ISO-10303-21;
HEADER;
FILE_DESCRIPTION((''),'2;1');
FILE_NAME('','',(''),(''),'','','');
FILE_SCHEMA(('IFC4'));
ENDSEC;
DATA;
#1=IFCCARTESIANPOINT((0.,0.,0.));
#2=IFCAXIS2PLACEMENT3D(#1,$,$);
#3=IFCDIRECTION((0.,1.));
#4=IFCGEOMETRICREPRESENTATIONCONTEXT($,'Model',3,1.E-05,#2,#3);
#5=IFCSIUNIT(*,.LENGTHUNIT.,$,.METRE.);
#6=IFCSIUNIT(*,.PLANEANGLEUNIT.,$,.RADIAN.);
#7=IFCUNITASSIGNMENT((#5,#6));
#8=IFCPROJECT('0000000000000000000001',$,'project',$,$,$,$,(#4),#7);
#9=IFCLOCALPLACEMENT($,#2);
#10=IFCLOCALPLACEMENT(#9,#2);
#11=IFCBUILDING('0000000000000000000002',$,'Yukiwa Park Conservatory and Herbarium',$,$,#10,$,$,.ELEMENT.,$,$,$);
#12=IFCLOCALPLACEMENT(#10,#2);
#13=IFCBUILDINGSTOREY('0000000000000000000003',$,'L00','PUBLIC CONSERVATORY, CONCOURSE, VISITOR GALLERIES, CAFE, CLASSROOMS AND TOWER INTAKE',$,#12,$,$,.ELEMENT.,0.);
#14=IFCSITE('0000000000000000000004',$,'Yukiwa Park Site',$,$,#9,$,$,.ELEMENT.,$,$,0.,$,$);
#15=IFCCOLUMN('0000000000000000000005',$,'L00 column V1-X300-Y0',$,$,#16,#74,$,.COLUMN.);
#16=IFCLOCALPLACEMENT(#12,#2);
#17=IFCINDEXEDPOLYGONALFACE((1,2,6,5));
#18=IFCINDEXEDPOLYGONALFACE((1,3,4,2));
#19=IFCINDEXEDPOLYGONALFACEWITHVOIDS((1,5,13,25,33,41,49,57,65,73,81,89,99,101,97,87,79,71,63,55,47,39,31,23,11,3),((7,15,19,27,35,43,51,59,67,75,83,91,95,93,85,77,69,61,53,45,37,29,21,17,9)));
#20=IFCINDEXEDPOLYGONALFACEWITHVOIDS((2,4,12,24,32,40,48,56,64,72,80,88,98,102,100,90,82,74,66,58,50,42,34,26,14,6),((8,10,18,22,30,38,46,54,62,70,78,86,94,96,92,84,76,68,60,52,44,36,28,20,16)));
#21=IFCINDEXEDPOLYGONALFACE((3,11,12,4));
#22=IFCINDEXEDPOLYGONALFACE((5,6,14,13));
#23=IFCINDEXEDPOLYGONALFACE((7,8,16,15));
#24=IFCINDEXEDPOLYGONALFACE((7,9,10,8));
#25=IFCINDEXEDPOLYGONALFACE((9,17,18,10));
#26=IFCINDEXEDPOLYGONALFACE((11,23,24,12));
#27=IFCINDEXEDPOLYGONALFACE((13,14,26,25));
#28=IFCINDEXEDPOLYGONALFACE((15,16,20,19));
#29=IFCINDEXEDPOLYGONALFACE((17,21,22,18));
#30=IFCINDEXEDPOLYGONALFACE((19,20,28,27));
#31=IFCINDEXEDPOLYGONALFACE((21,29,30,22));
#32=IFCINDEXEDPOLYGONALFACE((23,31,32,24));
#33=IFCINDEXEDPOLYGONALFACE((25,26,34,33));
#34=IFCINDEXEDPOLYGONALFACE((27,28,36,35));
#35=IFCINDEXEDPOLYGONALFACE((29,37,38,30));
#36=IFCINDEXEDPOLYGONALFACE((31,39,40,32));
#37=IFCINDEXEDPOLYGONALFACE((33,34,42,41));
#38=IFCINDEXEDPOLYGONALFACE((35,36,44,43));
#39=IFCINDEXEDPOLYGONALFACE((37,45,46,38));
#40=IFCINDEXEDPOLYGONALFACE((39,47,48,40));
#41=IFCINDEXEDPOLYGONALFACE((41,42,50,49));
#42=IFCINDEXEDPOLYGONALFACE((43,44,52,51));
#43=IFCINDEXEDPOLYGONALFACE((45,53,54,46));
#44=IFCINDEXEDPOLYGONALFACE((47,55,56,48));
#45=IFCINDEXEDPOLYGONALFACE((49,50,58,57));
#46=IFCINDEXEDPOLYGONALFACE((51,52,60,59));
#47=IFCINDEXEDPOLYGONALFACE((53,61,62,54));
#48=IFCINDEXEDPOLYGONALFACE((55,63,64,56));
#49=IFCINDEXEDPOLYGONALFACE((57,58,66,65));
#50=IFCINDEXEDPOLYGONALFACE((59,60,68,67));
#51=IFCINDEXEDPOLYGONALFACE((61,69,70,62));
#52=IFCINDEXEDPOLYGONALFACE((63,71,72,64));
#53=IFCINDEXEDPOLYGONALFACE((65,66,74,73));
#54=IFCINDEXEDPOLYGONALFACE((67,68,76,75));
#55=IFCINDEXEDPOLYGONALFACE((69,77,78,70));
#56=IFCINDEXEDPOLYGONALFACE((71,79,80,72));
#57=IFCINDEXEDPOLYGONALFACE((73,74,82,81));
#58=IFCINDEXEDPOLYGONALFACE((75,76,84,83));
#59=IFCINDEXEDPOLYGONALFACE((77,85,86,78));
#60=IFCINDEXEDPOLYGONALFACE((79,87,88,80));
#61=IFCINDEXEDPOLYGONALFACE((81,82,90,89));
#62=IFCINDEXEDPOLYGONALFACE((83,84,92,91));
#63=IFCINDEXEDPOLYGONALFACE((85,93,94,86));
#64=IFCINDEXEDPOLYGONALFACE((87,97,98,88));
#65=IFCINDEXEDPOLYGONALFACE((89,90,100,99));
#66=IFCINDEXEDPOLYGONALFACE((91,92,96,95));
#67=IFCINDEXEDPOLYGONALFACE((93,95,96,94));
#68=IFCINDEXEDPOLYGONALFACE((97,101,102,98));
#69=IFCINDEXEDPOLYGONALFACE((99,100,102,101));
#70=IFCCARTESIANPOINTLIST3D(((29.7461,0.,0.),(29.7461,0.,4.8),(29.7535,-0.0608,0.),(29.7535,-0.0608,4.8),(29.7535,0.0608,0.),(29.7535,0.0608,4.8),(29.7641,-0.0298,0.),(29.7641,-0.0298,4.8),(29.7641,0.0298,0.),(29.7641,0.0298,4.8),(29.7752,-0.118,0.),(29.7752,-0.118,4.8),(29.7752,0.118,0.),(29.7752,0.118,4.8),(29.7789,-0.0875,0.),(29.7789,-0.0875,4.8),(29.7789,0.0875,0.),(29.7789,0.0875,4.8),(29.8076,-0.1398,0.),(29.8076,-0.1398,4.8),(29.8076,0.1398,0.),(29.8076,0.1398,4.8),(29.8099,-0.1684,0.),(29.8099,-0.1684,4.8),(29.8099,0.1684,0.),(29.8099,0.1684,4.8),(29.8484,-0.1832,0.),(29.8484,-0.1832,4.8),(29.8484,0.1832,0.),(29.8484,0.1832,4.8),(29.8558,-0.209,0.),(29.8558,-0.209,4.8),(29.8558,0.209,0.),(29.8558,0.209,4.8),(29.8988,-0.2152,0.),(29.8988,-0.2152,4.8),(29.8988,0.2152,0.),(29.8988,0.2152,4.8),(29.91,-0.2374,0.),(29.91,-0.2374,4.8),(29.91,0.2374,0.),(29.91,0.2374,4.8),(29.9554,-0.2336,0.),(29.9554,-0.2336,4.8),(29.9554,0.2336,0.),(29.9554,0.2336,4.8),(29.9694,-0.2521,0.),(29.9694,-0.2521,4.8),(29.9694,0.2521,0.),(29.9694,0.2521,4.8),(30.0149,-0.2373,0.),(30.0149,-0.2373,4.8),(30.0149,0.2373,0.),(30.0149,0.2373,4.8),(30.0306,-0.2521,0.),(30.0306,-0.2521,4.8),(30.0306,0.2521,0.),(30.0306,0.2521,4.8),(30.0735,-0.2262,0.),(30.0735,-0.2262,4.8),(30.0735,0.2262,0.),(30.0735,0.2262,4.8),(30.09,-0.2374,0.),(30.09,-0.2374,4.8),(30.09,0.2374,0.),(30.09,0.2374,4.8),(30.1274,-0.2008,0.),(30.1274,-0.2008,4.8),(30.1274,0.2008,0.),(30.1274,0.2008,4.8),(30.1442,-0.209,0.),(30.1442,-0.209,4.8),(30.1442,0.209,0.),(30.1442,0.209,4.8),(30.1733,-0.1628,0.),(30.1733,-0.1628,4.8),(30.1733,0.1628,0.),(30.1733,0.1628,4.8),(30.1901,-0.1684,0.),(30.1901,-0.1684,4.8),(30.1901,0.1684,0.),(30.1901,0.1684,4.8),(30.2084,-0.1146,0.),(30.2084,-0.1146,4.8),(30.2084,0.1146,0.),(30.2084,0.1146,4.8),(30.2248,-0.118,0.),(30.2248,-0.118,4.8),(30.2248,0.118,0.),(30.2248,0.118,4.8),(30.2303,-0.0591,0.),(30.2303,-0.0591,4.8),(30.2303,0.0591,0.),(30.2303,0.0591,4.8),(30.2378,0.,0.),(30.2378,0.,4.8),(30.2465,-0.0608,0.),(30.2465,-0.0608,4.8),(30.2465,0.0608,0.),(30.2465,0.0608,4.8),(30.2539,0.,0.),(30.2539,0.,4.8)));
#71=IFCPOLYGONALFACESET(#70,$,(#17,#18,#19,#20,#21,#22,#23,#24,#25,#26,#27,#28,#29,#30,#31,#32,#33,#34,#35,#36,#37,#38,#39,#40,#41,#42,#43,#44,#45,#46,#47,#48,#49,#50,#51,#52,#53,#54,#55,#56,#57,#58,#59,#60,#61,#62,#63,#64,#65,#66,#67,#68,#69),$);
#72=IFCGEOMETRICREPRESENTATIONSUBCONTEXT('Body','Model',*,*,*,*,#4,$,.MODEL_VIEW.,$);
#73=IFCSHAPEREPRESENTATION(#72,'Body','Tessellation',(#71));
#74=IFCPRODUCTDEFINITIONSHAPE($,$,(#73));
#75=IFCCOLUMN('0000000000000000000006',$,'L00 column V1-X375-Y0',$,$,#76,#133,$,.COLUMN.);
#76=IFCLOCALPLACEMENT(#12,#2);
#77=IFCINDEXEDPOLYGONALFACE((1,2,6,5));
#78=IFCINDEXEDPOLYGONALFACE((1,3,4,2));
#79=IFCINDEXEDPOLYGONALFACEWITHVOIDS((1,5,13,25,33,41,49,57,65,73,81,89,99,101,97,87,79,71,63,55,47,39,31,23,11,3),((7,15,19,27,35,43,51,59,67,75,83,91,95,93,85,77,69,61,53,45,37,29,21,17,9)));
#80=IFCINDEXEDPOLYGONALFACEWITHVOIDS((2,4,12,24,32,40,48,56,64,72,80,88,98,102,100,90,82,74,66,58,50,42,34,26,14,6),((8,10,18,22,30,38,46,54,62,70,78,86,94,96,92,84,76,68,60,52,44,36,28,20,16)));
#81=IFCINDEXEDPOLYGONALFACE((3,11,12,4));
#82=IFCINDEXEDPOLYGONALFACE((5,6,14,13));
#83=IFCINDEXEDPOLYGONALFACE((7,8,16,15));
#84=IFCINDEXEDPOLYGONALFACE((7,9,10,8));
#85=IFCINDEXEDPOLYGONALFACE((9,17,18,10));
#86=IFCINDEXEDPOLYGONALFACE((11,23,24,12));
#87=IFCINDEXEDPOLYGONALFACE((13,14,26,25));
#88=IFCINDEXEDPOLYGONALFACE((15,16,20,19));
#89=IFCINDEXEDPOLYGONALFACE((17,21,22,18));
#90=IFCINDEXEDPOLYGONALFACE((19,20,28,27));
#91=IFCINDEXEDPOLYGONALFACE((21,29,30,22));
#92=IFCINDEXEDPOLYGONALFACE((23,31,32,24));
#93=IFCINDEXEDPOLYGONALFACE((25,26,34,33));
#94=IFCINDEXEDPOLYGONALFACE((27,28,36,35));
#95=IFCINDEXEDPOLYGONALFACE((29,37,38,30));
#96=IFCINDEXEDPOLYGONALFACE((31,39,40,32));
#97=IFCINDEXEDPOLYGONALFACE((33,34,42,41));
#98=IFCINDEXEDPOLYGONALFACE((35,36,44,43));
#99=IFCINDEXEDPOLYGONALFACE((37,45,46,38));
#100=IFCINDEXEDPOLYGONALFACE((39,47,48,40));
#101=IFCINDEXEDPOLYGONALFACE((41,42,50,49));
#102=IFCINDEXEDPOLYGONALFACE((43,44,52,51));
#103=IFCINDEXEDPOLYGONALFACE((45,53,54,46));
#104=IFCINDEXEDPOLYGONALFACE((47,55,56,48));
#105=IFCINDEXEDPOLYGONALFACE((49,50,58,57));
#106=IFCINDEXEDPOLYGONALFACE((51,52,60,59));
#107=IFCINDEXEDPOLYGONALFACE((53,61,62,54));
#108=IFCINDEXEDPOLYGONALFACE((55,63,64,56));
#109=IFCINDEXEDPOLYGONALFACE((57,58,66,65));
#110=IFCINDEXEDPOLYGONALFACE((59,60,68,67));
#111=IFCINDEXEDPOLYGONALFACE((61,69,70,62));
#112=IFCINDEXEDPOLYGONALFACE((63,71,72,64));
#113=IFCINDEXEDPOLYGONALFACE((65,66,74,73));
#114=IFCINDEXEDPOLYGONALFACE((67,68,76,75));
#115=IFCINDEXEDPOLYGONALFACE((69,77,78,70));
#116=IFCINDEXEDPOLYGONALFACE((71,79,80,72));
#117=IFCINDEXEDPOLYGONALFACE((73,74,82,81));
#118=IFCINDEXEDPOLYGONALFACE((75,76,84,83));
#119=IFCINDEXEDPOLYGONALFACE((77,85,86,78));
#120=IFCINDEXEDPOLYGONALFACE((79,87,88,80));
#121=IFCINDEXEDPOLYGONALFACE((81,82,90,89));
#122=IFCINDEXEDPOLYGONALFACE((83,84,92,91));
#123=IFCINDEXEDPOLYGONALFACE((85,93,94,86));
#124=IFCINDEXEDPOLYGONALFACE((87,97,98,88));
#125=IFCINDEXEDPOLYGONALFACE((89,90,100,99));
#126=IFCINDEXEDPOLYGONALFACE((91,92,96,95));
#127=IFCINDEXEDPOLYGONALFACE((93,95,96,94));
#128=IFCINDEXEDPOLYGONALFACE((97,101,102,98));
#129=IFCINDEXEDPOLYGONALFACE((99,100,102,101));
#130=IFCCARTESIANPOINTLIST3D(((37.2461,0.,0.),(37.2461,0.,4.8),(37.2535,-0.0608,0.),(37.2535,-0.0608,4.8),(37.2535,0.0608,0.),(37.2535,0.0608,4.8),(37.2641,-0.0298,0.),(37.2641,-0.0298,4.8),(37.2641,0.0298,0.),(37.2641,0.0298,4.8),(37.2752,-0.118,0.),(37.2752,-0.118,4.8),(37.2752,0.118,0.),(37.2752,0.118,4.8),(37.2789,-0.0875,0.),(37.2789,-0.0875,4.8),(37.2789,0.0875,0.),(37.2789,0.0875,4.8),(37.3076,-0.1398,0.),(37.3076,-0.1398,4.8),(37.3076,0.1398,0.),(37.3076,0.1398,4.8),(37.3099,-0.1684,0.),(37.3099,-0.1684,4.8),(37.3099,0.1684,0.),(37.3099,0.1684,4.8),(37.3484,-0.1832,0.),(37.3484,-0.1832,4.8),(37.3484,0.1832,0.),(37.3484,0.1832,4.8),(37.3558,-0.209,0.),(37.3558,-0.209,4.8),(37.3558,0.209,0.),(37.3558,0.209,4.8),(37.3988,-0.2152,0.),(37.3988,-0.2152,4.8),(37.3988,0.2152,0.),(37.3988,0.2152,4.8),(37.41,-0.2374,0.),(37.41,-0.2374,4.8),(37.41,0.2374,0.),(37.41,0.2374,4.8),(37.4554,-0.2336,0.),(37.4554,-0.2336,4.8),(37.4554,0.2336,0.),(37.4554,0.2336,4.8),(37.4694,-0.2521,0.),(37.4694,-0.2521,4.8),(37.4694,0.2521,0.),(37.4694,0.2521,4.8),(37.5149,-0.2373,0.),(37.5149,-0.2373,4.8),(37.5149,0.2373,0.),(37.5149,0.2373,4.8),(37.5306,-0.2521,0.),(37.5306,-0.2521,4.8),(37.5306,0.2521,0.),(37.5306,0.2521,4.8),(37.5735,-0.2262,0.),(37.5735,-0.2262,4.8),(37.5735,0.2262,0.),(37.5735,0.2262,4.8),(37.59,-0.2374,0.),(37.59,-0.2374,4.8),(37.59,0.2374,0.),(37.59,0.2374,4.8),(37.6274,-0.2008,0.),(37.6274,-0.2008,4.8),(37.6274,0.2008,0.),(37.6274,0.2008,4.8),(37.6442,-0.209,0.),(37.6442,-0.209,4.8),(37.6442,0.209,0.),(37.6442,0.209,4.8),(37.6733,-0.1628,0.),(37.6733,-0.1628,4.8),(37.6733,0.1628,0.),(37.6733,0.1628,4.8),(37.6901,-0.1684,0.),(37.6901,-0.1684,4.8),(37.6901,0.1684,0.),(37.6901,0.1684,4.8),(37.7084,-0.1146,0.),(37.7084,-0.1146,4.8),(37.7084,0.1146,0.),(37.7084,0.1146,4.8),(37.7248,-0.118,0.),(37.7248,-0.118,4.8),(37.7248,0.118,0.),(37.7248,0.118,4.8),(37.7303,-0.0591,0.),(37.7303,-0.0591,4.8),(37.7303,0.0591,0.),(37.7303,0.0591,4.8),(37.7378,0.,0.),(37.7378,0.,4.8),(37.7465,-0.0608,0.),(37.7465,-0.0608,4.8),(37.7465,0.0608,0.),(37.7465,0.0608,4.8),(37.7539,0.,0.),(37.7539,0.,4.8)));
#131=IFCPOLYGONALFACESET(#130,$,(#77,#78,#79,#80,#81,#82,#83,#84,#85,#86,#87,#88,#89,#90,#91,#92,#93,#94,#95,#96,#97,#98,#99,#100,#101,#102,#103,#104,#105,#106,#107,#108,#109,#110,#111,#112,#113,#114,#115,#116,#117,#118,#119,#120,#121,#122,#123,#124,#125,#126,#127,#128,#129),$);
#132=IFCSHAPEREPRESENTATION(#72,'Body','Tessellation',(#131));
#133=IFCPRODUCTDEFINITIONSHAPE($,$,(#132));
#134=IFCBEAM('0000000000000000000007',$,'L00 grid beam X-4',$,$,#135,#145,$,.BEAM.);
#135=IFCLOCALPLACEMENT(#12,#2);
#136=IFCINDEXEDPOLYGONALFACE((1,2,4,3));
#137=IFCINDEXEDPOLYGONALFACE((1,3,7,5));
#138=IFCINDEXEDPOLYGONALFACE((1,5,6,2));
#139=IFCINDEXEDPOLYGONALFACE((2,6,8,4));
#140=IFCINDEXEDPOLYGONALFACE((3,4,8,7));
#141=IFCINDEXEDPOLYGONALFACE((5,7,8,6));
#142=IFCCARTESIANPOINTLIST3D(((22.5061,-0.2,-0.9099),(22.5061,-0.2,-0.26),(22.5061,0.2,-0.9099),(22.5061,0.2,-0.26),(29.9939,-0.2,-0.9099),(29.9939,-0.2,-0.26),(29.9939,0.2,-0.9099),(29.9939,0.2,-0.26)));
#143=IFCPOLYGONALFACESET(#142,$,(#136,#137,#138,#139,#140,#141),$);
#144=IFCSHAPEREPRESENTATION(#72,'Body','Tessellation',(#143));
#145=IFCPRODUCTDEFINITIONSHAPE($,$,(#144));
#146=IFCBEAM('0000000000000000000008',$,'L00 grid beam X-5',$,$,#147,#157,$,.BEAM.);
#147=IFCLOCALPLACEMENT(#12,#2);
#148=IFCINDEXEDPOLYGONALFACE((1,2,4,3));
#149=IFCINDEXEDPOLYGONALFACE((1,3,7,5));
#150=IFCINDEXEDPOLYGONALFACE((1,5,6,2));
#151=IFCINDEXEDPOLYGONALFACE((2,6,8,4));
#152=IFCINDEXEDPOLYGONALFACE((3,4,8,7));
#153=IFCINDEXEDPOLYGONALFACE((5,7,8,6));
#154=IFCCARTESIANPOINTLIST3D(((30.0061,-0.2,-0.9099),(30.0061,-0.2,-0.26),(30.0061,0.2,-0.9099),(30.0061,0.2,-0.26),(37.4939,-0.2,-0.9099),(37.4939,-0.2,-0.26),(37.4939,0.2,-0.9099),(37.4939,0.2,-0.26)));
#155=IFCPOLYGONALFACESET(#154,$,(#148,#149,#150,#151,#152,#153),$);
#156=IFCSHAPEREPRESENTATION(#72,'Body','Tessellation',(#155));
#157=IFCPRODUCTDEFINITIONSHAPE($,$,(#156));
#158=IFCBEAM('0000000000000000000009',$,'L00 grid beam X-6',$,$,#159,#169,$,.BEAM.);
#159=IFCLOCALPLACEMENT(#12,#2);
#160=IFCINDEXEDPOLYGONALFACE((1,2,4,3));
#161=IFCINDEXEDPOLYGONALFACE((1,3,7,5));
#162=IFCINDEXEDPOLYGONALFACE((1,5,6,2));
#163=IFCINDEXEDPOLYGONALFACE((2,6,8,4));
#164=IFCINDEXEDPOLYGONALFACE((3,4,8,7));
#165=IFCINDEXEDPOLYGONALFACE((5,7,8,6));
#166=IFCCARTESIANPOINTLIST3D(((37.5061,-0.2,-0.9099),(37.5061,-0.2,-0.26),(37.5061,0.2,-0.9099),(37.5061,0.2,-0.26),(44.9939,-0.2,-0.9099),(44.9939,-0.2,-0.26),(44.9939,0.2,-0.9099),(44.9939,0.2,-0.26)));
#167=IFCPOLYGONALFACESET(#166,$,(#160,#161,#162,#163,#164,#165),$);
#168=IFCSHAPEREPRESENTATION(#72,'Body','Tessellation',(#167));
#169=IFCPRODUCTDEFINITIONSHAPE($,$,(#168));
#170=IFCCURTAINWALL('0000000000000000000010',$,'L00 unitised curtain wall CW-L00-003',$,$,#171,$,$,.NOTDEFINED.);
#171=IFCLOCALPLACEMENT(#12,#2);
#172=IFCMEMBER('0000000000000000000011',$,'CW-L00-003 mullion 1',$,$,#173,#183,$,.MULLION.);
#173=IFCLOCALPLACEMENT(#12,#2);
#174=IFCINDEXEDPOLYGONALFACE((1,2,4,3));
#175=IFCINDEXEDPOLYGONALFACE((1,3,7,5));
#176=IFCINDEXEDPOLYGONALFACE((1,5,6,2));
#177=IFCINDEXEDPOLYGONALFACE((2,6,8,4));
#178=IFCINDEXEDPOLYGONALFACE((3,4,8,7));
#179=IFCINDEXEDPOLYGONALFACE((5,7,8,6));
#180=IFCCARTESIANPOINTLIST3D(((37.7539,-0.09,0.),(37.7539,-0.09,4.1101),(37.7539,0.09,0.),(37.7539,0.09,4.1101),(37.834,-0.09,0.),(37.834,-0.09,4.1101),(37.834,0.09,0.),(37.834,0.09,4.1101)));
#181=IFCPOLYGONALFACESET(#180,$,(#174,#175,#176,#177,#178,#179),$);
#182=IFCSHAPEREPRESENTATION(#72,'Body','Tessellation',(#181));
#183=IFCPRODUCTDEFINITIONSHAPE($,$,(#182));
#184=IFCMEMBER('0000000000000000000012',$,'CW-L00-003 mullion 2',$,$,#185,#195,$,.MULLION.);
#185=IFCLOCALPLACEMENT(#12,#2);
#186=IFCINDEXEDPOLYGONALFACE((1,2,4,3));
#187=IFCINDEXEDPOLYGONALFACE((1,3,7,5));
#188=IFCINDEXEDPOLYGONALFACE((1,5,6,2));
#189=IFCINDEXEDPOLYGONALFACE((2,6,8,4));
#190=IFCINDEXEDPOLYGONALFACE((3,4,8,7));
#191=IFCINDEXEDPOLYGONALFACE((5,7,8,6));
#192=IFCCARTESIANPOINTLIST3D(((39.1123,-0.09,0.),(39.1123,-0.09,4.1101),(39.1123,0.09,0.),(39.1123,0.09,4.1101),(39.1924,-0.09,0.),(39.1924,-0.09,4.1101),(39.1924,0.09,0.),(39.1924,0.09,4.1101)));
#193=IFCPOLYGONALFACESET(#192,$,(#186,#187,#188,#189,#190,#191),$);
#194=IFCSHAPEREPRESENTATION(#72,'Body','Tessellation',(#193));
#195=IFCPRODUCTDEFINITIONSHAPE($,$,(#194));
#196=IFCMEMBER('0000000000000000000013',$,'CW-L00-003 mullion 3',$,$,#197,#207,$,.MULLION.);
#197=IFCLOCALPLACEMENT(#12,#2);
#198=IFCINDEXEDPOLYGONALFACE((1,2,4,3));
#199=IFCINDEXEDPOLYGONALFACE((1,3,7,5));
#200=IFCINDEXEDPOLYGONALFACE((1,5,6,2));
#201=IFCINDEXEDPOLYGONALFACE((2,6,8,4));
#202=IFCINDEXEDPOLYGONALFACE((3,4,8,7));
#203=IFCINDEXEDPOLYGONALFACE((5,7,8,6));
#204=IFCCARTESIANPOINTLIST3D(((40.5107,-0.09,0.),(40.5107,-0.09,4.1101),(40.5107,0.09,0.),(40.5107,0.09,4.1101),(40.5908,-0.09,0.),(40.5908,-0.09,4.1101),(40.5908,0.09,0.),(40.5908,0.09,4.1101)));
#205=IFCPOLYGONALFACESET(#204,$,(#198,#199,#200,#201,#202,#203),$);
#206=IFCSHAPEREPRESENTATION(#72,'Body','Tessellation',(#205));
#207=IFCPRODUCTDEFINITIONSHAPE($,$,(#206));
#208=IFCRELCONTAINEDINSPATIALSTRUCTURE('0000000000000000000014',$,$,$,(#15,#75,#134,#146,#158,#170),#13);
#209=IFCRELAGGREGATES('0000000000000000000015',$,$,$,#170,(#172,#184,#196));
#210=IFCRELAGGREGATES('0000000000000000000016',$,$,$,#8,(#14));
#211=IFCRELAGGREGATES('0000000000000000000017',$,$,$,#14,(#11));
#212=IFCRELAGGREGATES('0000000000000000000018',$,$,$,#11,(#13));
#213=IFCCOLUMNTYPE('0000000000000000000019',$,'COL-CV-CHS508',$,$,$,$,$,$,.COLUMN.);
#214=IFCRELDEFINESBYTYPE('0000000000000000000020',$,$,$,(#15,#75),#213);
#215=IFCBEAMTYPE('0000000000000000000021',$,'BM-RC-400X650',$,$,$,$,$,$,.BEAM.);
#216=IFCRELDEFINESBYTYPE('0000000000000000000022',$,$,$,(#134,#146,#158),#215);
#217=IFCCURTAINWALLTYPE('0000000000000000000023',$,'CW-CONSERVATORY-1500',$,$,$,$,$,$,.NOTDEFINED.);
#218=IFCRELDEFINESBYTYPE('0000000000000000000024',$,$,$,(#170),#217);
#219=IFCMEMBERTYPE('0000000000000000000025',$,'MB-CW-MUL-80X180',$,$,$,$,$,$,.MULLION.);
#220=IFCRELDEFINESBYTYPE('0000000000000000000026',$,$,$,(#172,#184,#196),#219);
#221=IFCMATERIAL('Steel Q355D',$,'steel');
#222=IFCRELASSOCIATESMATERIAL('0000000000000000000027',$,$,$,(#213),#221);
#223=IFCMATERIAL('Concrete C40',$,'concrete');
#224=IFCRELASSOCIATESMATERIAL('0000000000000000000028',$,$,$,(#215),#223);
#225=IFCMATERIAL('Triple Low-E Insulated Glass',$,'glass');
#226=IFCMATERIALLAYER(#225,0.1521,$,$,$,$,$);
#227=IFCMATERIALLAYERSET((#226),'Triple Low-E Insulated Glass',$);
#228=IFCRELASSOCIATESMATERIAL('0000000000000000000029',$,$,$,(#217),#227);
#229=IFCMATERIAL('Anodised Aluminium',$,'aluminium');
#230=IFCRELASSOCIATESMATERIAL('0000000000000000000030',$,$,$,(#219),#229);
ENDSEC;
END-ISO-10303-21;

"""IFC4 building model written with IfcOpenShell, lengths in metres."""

from ifc_helpers import new_model, si_unit, direction, frame, origin, origin_2d, place, context, subcontext, project, spatial, rectangle, hollow_circle, extrude, material, layer, layer_set, material_profile, profile_set, type_object, element, aggregate, save


model = new_model("IFC4")

# Units and contexts
model_context = context("Model", 3, precision=1e-05, world=origin(), true_north=direction((0.0, 1.0)))
body_context = subcontext(model_context, "Body", "Model", "MODEL_VIEW")
ifc_project = project(units=[si_unit("LENGTHUNIT", "METRE"), si_unit("PLANEANGLEUNIT", "RADIAN")], contexts=[model_context])

# Site, building, storey
site_placement = place(None, origin())
site = spatial("IfcSite", under=ifc_project, at=site_placement, Name="Yukiwa Park Site", CompositionType="ELEMENT", RefElevation=0.0)
building_placement = place(site_placement, origin())
building = spatial("IfcBuilding", under=site, at=building_placement, Name="Yukiwa Park Conservatory and Herbarium", CompositionType="ELEMENT")
storey_placement = place(building_placement, origin())
storey = spatial("IfcBuildingStorey", under=building, at=storey_placement, Name="L00", Description="PUBLIC CONSERVATORY, CONCOURSE, VISITOR GALLERIES, CAFE, CLASSROOMS AND TOWER INTAKE", CompositionType="ELEMENT", Elevation=0.0)

# Columns
ifc_material_1 = material(Name="Steel Q355D", Category="steel")
ifc_material_profile_1 = material_profile(ifc_material_1, hollow_circle(Radius=0.2539, WallThickness=0.0161, at=origin_2d()), Name="CHS 508x16")
ifc_profile_set_1 = profile_set([ifc_material_profile_1], Name="Steel Q355D")
column_type = type_object("IfcColumnType", Name="COL-CV-CHS508", PredefinedType="COLUMN", material=ifc_profile_set_1)
for number, where, z_axis, x_axis, name in (
    (1, (30.0, 0.0, 0.0), (0.0, 0.0, 1.0), (1.0, 0.0, 0.0), "L00 column V1-X300-Y0"),
    (2, (37.5, 0.0, 0.0), (0.0, 0.0, 1.0), (1.0, 0.0, 0.0), "L00 column V1-X375-Y0"),
):
    element("IfcColumn", number, at=place(storey_placement, frame(where, z_axis=z_axis, x_axis=x_axis)), inside=storey, type_object=column_type, Name=name, PredefinedType="COLUMN", context=body_context, shape_type="SweptSolid", body=[
        extrude(hollow_circle(Radius=0.2539, WallThickness=0.0161, at=origin_2d()), origin(), (0.0, 0.0, 1.0), 4.8),
    ])

# Beams
ifc_material_2 = material(Name="Concrete C40", Category="concrete")
ifc_material_profile_2 = material_profile(ifc_material_2, rectangle(XDim=0.3999, YDim=0.6499, at=origin_2d()), Name="RC 400x650")
ifc_profile_set_2 = profile_set([ifc_material_profile_2], Name="Concrete C40")
beam_type = type_object("IfcBeamType", Name="BM-RC-400X650", PredefinedType="BEAM", material=ifc_profile_set_2)
for number, where, z_axis, x_axis, name in (
    (3, (22.5061, 0.0, -0.585), (1.0, 0.0, 0.0), (0.0, 1.0, 0.0), "L00 grid beam X-4"),
    (4, (30.0061, 0.0, -0.585), (1.0, 0.0, 0.0), (0.0, 1.0, 0.0), "L00 grid beam X-5"),
    (5, (37.5061, 0.0, -0.585), (1.0, 0.0, 0.0), (0.0, 1.0, 0.0), "L00 grid beam X-6"),
):
    element("IfcBeam", number, at=place(storey_placement, frame(where, z_axis=z_axis, x_axis=x_axis)), inside=storey, type_object=beam_type, Name=name, PredefinedType="BEAM", context=body_context, shape_type="SweptSolid", body=[
        extrude(rectangle(XDim=0.3999, YDim=0.6499, at=origin_2d()), origin(), (0.0, 0.0, 1.0), 7.4878),
    ])

# Curtain wall, members
ifc_material_3 = material(Name="Triple Low-E Insulated Glass", Category="glass")
ifc_layer_1 = layer(ifc_material_3, 0.1521)
ifc_layer_set_1 = layer_set([ifc_layer_1], Name="Triple Low-E Insulated Glass")
curtain_wall_type = type_object("IfcCurtainWallType", Name="CW-CONSERVATORY-1500", PredefinedType="NOTDEFINED", material=ifc_layer_set_1)
curtain_wall_placement = place(storey_placement, origin())
curtain_wall = element("IfcCurtainWall", 6, at=curtain_wall_placement, inside=storey, type_object=curtain_wall_type, Name="L00 unitised curtain wall CW-L00-003", PredefinedType="NOTDEFINED")
ifc_material_4 = material(Name="Anodised Aluminium", Category="aluminium")
member_type_1 = type_object("IfcMemberType", Name="MB-CW-MUL-80X180", PredefinedType="MULLION", material=ifc_material_4)
member_1_placement = place(storey_placement, frame((37.7939, 0.0, 0.0), z_axis=(0.0, 0.0, 1.0), x_axis=(1.0, 0.0, 0.0)))
member_1 = element("IfcMember", 7, at=member_1_placement, type_object=member_type_1, Name="CW-L00-003 mullion 1", PredefinedType="MULLION", context=body_context, shape_type="SweptSolid", body=[
    extrude(rectangle(XDim=0.0801, YDim=0.1799, at=origin_2d()), origin(), (0.0, 0.0, 1.0), 4.1101),
])
member_2_placement = place(storey_placement, frame((39.1523, 0.0, 0.0), z_axis=(0.0, 0.0, 1.0), x_axis=(1.0, 0.0, 0.0)))
member_2 = element("IfcMember", 8, at=member_2_placement, type_object=member_type_1, Name="CW-L00-003 mullion 2", PredefinedType="MULLION", context=body_context, shape_type="SweptSolid", body=[
    extrude(rectangle(XDim=0.0801, YDim=0.1799, at=origin_2d()), origin(), (0.0, 0.0, 1.0), 4.1101),
])
member_3_placement = place(storey_placement, frame((40.5508, 0.0, 0.0), z_axis=(0.0, 0.0, 1.0), x_axis=(1.0, 0.0, 0.0)))
member_3 = element("IfcMember", 9, at=member_3_placement, type_object=member_type_1, Name="CW-L00-003 mullion 3", PredefinedType="MULLION", context=body_context, shape_type="SweptSolid", body=[
    extrude(rectangle(XDim=0.0801, YDim=0.1799, at=origin_2d()), origin(), (0.0, 0.0, 1.0), 4.1101),
])
aggregate(curtain_wall, [member_1, member_2, member_3])

save(model, "model.ifc")
